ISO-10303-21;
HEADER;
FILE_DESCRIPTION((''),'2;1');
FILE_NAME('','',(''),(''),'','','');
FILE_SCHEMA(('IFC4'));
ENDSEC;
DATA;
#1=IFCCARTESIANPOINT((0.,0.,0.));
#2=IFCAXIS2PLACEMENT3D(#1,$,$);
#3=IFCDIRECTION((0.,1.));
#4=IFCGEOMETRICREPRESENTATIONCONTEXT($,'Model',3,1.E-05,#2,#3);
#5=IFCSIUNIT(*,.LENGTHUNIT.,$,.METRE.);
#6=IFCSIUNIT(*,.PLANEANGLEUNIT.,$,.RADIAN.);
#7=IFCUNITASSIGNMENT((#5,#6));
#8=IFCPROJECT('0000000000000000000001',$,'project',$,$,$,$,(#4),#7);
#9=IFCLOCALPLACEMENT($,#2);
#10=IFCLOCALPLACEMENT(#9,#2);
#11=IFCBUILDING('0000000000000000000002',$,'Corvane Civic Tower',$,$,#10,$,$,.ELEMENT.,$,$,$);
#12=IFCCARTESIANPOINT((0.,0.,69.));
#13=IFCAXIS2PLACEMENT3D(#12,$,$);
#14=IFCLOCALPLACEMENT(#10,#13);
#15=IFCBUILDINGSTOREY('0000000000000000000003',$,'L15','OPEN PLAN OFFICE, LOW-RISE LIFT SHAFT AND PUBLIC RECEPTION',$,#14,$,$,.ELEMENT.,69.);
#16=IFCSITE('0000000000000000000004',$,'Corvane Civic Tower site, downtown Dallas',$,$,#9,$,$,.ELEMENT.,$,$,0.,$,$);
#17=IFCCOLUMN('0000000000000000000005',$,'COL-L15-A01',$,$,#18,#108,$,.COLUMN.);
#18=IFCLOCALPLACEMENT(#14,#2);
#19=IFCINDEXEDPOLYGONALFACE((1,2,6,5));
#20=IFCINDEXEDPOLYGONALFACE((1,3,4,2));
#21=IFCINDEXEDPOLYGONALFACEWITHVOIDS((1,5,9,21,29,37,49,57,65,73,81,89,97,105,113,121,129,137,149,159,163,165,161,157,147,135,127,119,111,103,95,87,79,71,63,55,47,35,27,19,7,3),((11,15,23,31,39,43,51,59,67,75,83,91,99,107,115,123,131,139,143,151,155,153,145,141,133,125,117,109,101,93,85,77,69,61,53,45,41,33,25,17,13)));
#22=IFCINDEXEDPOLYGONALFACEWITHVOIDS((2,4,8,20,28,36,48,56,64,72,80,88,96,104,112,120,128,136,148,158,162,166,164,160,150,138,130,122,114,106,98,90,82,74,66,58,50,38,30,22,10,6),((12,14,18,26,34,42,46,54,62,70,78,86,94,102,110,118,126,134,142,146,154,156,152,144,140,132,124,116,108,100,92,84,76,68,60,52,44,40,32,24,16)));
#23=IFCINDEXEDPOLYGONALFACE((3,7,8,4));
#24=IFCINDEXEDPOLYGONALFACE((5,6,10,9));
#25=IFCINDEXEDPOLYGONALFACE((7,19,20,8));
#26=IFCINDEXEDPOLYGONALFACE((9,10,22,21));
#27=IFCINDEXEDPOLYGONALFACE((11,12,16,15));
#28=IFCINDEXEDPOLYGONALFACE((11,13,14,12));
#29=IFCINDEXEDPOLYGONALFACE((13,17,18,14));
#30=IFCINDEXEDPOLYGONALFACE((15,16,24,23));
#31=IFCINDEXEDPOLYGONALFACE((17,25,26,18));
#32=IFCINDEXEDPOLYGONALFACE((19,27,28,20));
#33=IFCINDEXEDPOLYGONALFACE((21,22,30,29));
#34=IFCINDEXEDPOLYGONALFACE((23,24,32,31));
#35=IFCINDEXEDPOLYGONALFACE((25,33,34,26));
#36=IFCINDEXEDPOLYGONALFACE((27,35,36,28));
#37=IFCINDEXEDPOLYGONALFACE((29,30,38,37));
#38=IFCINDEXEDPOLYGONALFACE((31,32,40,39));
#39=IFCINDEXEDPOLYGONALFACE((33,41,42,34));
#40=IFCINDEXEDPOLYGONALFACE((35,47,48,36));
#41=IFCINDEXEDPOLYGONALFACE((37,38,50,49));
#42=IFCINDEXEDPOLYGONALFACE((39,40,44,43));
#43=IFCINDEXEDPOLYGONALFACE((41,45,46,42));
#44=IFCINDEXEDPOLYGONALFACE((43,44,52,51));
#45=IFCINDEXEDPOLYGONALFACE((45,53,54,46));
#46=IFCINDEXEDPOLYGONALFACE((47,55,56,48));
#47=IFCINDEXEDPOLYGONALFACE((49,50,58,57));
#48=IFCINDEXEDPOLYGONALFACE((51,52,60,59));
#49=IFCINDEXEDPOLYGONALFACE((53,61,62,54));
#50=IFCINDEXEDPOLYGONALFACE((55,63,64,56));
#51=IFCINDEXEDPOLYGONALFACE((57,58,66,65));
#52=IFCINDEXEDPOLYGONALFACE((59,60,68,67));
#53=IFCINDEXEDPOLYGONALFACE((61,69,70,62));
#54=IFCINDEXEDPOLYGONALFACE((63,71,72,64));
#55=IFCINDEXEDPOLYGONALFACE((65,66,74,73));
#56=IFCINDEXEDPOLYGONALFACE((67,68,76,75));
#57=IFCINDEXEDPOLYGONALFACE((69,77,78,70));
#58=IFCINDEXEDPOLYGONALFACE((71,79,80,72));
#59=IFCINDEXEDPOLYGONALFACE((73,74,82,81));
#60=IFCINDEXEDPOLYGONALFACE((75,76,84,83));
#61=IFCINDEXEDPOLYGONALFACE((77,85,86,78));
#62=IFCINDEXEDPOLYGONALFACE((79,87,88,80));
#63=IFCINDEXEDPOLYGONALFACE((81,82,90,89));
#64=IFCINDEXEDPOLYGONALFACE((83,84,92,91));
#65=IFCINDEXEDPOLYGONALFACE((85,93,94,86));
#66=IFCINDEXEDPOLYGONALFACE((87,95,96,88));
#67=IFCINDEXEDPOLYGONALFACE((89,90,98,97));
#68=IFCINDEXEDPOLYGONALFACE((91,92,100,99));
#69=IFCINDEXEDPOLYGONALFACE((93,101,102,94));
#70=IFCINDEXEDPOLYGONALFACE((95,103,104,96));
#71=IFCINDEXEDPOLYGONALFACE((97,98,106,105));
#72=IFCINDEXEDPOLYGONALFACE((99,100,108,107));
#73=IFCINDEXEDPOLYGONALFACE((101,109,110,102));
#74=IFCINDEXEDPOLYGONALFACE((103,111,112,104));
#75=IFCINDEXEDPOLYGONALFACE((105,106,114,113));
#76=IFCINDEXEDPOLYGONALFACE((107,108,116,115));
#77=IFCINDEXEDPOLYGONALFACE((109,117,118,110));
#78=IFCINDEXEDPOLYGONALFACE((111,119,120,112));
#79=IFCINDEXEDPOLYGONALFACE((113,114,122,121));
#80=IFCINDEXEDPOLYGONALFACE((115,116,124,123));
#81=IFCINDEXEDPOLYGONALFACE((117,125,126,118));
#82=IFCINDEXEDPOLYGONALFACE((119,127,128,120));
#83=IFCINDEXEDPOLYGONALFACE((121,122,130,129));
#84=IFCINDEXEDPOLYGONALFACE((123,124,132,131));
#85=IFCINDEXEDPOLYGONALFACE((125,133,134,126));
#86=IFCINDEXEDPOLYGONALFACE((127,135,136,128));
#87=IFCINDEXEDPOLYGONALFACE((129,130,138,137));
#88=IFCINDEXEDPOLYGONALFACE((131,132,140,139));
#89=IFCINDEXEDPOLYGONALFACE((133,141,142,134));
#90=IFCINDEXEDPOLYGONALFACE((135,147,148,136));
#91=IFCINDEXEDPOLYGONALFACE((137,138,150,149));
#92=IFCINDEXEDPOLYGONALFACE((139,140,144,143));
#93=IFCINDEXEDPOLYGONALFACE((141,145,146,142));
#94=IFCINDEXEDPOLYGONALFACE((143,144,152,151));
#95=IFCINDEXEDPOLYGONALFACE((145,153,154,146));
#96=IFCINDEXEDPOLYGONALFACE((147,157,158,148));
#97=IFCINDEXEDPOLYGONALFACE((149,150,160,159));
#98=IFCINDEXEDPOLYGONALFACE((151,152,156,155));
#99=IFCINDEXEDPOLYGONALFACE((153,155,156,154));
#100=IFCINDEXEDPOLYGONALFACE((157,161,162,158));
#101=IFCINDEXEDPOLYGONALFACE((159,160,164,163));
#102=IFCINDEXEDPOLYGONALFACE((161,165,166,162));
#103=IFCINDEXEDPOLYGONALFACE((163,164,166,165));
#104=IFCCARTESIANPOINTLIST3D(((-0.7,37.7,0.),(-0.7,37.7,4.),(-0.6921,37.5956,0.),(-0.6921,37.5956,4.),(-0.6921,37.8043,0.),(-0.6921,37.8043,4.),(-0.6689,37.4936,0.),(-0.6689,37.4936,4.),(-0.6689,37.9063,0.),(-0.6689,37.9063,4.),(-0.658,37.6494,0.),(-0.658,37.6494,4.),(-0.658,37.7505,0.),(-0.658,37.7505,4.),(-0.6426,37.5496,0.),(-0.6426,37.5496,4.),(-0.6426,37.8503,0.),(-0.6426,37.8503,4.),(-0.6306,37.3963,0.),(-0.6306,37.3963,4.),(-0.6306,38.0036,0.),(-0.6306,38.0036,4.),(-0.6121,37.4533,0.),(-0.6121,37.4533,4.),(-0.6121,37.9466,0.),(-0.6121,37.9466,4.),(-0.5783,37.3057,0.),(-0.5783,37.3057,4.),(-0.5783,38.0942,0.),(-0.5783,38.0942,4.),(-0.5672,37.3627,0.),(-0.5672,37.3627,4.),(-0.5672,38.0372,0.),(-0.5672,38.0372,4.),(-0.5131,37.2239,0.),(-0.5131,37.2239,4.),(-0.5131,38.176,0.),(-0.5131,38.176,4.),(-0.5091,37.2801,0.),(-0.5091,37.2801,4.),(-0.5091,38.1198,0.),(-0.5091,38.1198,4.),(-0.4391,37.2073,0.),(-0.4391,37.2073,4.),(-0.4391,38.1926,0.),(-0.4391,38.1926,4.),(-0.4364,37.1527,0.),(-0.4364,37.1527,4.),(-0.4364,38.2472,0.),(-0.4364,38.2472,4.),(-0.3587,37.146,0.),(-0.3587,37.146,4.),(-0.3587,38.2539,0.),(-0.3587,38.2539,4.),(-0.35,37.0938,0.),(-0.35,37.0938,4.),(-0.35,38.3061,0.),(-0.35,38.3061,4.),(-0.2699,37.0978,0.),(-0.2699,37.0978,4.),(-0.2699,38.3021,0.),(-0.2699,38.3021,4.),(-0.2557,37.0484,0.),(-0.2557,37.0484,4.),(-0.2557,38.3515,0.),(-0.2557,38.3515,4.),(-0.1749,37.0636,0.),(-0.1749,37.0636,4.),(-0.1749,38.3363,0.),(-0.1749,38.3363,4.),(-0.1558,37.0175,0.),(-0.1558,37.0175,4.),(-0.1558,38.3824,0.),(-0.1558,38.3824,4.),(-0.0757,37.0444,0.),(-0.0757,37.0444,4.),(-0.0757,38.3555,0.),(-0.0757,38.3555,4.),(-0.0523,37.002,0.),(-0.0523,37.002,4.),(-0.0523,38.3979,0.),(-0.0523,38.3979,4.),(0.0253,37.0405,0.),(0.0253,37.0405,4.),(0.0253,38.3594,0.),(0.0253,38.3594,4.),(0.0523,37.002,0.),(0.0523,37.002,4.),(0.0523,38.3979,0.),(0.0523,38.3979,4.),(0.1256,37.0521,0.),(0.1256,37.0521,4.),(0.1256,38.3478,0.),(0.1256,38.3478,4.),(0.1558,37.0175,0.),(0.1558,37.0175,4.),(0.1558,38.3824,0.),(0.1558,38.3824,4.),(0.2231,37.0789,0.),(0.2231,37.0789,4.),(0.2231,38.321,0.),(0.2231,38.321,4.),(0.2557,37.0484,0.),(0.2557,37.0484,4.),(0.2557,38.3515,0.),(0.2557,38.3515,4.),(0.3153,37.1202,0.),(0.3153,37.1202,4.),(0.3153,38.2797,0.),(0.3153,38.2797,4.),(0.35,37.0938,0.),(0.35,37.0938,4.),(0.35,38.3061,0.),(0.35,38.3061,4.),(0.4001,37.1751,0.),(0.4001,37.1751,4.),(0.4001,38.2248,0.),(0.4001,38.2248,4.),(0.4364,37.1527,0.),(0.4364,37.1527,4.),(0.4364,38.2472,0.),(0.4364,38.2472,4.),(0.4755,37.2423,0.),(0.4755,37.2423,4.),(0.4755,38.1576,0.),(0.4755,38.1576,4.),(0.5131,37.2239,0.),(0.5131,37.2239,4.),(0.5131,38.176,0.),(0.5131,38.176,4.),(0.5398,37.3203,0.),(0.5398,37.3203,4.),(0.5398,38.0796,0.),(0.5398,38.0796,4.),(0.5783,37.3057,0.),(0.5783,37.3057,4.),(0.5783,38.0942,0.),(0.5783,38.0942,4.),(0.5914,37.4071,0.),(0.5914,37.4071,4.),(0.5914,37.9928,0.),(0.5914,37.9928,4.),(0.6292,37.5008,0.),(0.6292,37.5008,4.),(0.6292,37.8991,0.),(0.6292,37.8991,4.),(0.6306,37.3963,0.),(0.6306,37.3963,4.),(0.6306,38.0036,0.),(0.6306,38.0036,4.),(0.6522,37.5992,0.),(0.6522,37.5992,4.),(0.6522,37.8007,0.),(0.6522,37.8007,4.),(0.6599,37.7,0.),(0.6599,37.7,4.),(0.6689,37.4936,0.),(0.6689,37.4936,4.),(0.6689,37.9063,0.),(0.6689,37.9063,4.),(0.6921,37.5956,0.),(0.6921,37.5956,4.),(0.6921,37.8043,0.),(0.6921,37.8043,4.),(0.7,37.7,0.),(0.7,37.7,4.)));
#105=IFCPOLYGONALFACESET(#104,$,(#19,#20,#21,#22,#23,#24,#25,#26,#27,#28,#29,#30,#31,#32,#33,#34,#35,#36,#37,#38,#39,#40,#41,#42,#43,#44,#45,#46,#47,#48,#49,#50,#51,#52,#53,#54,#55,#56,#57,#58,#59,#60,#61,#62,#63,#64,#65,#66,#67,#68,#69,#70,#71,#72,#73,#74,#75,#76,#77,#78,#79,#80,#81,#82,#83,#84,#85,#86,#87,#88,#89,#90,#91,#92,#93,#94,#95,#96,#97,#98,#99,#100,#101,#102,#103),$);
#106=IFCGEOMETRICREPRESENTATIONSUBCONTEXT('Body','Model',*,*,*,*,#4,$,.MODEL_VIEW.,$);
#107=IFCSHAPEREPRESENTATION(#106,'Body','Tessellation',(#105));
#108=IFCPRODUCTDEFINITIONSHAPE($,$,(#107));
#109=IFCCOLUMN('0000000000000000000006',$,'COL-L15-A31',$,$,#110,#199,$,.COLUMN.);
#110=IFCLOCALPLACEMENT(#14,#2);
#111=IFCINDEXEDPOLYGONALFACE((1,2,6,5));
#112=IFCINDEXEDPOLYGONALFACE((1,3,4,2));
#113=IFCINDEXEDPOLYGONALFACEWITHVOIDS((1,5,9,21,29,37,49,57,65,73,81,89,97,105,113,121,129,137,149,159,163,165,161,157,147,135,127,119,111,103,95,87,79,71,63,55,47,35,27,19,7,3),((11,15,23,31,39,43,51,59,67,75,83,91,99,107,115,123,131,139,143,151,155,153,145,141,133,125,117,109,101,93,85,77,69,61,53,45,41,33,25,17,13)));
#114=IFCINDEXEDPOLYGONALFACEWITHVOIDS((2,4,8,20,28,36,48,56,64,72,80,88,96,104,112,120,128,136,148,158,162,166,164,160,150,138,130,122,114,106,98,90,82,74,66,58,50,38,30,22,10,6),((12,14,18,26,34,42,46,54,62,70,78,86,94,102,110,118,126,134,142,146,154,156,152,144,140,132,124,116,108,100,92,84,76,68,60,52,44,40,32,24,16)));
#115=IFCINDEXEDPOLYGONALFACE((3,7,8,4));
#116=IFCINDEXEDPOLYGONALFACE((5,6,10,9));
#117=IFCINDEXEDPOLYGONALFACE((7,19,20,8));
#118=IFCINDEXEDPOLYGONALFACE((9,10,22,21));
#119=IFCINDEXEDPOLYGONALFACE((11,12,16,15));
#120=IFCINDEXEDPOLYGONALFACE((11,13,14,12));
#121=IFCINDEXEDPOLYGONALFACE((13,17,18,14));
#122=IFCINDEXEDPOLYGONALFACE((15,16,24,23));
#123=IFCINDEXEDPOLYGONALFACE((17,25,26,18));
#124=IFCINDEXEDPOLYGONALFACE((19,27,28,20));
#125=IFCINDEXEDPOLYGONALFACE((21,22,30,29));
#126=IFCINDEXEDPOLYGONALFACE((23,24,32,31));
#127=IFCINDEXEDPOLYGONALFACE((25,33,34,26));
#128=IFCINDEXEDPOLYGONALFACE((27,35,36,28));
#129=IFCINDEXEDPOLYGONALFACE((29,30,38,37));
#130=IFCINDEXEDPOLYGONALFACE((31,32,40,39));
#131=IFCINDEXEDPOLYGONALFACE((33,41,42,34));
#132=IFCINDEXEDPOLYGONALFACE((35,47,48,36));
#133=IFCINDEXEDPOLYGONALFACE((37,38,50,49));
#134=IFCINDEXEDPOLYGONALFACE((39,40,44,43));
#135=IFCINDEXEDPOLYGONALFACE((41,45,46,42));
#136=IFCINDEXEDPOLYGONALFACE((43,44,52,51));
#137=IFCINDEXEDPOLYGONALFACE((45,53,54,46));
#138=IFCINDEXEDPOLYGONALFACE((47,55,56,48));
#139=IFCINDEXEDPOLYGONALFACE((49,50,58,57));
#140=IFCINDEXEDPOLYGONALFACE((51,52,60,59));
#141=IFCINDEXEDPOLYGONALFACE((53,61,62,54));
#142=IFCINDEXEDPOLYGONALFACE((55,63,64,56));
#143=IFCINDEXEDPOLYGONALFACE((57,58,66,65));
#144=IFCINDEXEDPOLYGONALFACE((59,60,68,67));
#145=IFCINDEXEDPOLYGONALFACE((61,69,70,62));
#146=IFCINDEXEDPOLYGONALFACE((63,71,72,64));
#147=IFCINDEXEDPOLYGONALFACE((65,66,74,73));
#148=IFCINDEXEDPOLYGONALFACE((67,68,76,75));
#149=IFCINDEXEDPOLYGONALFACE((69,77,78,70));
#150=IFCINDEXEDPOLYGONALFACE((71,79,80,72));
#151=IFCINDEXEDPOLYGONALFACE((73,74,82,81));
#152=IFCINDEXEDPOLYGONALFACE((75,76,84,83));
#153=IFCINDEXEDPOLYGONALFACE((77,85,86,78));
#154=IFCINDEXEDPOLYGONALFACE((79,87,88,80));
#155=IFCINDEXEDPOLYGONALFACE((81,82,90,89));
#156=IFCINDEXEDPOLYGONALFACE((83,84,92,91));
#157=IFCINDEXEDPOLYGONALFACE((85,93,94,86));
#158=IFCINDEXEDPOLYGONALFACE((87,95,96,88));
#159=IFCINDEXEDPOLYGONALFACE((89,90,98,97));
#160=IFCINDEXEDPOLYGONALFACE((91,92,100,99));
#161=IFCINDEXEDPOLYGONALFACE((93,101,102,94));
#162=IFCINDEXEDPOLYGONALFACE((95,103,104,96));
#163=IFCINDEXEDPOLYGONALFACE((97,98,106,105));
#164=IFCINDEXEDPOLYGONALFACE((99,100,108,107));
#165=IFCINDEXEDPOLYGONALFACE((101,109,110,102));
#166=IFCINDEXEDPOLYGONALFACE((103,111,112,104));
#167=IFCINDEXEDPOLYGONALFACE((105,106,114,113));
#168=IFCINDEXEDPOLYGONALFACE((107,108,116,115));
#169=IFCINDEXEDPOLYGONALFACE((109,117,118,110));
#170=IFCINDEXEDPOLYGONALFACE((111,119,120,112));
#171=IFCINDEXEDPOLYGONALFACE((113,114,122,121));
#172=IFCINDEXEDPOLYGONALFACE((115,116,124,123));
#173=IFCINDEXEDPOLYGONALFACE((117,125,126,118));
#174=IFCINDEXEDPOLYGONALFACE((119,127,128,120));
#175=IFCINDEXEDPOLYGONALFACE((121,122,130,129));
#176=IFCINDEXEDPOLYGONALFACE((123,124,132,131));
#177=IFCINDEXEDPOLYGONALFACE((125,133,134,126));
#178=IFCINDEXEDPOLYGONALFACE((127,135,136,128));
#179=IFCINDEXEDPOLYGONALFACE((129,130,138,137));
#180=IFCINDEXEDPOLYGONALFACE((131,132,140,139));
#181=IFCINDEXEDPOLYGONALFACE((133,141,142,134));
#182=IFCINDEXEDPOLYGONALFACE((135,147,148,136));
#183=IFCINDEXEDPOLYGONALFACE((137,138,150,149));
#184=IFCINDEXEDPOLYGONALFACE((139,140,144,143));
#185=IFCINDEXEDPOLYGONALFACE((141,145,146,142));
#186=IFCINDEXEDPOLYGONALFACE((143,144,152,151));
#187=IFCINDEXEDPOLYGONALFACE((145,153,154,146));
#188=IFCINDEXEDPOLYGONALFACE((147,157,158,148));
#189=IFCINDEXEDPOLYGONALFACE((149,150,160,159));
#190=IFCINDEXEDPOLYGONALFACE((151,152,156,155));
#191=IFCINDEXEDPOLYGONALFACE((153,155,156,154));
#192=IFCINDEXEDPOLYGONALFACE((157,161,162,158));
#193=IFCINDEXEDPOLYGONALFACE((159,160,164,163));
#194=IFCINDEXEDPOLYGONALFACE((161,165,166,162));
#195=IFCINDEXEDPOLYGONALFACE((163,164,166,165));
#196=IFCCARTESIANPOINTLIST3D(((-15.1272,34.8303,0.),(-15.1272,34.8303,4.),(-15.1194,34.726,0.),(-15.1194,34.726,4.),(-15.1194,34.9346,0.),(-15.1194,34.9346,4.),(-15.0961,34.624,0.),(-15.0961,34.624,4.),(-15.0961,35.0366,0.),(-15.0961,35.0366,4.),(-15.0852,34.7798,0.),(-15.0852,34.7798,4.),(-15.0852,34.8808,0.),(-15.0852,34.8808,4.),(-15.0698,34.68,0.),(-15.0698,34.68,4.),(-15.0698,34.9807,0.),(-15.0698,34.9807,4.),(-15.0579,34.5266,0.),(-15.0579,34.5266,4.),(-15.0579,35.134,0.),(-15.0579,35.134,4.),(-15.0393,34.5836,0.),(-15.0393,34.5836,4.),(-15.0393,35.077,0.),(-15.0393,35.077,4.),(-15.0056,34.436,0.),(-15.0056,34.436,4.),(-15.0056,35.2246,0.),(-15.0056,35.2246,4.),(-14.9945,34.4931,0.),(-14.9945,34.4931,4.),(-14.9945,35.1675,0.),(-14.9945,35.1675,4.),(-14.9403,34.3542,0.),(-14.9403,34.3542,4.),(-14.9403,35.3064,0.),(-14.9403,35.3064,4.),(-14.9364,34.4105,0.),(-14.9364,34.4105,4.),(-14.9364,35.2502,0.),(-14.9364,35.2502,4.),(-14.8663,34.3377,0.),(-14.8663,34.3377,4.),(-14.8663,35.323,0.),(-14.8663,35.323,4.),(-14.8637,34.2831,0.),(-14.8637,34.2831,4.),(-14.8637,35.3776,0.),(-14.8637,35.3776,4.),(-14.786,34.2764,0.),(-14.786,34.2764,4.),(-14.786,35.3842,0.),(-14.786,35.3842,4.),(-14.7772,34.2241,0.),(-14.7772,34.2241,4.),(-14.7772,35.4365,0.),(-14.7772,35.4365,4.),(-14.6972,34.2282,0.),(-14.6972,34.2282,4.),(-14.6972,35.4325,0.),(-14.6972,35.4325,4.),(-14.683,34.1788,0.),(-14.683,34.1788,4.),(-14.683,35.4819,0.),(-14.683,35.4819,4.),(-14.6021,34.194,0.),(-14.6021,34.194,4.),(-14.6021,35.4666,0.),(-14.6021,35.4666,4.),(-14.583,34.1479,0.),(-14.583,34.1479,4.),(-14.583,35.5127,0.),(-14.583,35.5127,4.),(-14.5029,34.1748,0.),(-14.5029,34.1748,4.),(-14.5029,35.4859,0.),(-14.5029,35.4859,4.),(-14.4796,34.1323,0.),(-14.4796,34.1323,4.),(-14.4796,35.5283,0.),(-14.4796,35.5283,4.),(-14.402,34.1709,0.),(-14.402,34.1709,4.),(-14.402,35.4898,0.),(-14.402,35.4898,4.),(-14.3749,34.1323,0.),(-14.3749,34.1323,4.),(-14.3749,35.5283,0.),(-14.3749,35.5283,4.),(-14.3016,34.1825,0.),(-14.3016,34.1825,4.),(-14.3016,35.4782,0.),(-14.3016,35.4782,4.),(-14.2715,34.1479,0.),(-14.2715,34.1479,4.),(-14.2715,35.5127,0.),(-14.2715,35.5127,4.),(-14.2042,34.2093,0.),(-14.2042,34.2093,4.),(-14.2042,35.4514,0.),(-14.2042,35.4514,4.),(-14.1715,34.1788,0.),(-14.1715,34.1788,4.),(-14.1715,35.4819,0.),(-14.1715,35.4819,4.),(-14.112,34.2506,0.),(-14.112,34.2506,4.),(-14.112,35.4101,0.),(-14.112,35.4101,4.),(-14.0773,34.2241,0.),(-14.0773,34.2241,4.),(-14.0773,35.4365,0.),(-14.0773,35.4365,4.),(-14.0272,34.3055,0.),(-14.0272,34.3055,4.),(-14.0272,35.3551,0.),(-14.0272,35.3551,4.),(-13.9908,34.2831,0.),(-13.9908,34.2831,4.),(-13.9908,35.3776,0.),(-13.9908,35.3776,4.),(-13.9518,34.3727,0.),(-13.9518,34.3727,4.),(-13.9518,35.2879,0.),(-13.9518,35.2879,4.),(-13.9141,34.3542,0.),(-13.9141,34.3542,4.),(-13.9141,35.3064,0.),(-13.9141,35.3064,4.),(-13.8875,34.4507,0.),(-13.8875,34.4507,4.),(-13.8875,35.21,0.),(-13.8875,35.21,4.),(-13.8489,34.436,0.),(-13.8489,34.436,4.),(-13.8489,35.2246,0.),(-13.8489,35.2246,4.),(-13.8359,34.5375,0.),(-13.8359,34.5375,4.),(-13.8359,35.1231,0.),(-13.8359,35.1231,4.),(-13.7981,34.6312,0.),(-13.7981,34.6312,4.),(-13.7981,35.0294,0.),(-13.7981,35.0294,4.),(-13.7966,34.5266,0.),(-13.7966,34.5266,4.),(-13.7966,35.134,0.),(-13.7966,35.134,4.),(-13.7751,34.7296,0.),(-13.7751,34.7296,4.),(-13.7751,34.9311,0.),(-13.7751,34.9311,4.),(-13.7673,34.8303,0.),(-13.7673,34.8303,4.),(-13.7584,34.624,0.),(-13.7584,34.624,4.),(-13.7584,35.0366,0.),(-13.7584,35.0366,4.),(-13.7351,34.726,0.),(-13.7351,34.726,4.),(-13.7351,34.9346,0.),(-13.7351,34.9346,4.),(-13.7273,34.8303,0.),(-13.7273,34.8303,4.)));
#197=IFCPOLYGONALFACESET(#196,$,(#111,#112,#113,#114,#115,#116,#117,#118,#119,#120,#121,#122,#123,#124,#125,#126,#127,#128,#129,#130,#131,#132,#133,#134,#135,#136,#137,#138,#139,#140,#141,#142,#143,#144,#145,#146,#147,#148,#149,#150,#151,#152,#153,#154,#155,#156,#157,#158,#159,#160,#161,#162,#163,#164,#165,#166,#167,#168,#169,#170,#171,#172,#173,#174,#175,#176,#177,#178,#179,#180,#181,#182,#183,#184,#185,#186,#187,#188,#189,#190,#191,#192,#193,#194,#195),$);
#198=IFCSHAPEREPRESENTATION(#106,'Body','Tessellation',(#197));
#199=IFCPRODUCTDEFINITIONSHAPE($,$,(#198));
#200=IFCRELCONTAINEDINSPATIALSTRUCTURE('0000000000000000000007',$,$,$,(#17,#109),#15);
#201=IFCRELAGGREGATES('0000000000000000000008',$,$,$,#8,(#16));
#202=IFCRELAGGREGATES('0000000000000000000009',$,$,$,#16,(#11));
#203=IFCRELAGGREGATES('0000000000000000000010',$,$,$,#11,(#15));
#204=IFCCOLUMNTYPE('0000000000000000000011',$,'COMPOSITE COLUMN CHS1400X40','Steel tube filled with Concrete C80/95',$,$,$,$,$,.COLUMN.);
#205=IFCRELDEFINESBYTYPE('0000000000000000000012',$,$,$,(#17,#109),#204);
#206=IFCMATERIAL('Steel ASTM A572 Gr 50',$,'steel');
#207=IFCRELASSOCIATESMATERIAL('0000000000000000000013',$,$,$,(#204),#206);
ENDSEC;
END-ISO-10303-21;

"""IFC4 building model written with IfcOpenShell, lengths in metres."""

from ifc_helpers import new_model, si_unit, direction, frame, origin, origin_2d, place, context, subcontext, project, spatial, hollow_circle, extrude, material, material_profile, profile_set, type_object, element, save


model = new_model("IFC4")

# Units and contexts
model_context = context("Model", 3, precision=1e-05, world=origin(), true_north=direction((0.0, 1.0)))
body_context = subcontext(model_context, "Body", "Model", "MODEL_VIEW")
ifc_project = project(units=[si_unit("LENGTHUNIT", "METRE"), si_unit("PLANEANGLEUNIT", "RADIAN")], contexts=[model_context])

# Site, building, storey
site_placement = place(None, origin())
site = spatial("IfcSite", under=ifc_project, at=site_placement, Name="Corvane Civic Tower site, downtown Dallas", CompositionType="ELEMENT", RefElevation=0.0)
building_placement = place(site_placement, origin())
building = spatial("IfcBuilding", under=site, at=building_placement, Name="Corvane Civic Tower", CompositionType="ELEMENT")
storey_placement = place(building_placement, frame((0.0, 0.0, 69.0)))
storey = spatial("IfcBuildingStorey", under=building, at=storey_placement, Name="L15", Description="OPEN PLAN OFFICE, LOW-RISE LIFT SHAFT AND PUBLIC RECEPTION", CompositionType="ELEMENT", Elevation=69.0)

# Columns
ifc_material_1 = material(Name="Steel ASTM A572 Gr 50", Category="steel")
ifc_material_profile_1 = material_profile(ifc_material_1, hollow_circle(Radius=0.7, WallThickness=0.04, at=origin_2d()), Name="CHS1400X40")
ifc_profile_set_1 = profile_set([ifc_material_profile_1], Name="Steel ASTM A572 Gr 50")
column_type = type_object("IfcColumnType", Name="COMPOSITE COLUMN CHS1400X40", Description="Steel tube filled with Concrete C80/95", PredefinedType="COLUMN", material=ifc_profile_set_1)
for number, where, z_axis, x_axis, name in (
    (1, (0.0, 37.7, 0.0), (0.0, 0.0, 1.0), (1.0, 0.0, 0.0), "COL-L15-A01"),
    (2, (-14.4272, 34.8303, 0.0), (0.0, 0.0, 1.0), (1.0, 0.0, 0.0), "COL-L15-A31"),
):
    element("IfcColumn", number, at=place(storey_placement, frame(where, z_axis=z_axis, x_axis=x_axis)), inside=storey, type_object=column_type, Name=name, PredefinedType="COLUMN", context=body_context, shape_type="SweptSolid", body=[
        extrude(hollow_circle(Radius=0.7, WallThickness=0.04, at=origin_2d()), origin(), (0.0, 0.0, 1.0), 4.0),
    ])

save(model, "model.ifc")
